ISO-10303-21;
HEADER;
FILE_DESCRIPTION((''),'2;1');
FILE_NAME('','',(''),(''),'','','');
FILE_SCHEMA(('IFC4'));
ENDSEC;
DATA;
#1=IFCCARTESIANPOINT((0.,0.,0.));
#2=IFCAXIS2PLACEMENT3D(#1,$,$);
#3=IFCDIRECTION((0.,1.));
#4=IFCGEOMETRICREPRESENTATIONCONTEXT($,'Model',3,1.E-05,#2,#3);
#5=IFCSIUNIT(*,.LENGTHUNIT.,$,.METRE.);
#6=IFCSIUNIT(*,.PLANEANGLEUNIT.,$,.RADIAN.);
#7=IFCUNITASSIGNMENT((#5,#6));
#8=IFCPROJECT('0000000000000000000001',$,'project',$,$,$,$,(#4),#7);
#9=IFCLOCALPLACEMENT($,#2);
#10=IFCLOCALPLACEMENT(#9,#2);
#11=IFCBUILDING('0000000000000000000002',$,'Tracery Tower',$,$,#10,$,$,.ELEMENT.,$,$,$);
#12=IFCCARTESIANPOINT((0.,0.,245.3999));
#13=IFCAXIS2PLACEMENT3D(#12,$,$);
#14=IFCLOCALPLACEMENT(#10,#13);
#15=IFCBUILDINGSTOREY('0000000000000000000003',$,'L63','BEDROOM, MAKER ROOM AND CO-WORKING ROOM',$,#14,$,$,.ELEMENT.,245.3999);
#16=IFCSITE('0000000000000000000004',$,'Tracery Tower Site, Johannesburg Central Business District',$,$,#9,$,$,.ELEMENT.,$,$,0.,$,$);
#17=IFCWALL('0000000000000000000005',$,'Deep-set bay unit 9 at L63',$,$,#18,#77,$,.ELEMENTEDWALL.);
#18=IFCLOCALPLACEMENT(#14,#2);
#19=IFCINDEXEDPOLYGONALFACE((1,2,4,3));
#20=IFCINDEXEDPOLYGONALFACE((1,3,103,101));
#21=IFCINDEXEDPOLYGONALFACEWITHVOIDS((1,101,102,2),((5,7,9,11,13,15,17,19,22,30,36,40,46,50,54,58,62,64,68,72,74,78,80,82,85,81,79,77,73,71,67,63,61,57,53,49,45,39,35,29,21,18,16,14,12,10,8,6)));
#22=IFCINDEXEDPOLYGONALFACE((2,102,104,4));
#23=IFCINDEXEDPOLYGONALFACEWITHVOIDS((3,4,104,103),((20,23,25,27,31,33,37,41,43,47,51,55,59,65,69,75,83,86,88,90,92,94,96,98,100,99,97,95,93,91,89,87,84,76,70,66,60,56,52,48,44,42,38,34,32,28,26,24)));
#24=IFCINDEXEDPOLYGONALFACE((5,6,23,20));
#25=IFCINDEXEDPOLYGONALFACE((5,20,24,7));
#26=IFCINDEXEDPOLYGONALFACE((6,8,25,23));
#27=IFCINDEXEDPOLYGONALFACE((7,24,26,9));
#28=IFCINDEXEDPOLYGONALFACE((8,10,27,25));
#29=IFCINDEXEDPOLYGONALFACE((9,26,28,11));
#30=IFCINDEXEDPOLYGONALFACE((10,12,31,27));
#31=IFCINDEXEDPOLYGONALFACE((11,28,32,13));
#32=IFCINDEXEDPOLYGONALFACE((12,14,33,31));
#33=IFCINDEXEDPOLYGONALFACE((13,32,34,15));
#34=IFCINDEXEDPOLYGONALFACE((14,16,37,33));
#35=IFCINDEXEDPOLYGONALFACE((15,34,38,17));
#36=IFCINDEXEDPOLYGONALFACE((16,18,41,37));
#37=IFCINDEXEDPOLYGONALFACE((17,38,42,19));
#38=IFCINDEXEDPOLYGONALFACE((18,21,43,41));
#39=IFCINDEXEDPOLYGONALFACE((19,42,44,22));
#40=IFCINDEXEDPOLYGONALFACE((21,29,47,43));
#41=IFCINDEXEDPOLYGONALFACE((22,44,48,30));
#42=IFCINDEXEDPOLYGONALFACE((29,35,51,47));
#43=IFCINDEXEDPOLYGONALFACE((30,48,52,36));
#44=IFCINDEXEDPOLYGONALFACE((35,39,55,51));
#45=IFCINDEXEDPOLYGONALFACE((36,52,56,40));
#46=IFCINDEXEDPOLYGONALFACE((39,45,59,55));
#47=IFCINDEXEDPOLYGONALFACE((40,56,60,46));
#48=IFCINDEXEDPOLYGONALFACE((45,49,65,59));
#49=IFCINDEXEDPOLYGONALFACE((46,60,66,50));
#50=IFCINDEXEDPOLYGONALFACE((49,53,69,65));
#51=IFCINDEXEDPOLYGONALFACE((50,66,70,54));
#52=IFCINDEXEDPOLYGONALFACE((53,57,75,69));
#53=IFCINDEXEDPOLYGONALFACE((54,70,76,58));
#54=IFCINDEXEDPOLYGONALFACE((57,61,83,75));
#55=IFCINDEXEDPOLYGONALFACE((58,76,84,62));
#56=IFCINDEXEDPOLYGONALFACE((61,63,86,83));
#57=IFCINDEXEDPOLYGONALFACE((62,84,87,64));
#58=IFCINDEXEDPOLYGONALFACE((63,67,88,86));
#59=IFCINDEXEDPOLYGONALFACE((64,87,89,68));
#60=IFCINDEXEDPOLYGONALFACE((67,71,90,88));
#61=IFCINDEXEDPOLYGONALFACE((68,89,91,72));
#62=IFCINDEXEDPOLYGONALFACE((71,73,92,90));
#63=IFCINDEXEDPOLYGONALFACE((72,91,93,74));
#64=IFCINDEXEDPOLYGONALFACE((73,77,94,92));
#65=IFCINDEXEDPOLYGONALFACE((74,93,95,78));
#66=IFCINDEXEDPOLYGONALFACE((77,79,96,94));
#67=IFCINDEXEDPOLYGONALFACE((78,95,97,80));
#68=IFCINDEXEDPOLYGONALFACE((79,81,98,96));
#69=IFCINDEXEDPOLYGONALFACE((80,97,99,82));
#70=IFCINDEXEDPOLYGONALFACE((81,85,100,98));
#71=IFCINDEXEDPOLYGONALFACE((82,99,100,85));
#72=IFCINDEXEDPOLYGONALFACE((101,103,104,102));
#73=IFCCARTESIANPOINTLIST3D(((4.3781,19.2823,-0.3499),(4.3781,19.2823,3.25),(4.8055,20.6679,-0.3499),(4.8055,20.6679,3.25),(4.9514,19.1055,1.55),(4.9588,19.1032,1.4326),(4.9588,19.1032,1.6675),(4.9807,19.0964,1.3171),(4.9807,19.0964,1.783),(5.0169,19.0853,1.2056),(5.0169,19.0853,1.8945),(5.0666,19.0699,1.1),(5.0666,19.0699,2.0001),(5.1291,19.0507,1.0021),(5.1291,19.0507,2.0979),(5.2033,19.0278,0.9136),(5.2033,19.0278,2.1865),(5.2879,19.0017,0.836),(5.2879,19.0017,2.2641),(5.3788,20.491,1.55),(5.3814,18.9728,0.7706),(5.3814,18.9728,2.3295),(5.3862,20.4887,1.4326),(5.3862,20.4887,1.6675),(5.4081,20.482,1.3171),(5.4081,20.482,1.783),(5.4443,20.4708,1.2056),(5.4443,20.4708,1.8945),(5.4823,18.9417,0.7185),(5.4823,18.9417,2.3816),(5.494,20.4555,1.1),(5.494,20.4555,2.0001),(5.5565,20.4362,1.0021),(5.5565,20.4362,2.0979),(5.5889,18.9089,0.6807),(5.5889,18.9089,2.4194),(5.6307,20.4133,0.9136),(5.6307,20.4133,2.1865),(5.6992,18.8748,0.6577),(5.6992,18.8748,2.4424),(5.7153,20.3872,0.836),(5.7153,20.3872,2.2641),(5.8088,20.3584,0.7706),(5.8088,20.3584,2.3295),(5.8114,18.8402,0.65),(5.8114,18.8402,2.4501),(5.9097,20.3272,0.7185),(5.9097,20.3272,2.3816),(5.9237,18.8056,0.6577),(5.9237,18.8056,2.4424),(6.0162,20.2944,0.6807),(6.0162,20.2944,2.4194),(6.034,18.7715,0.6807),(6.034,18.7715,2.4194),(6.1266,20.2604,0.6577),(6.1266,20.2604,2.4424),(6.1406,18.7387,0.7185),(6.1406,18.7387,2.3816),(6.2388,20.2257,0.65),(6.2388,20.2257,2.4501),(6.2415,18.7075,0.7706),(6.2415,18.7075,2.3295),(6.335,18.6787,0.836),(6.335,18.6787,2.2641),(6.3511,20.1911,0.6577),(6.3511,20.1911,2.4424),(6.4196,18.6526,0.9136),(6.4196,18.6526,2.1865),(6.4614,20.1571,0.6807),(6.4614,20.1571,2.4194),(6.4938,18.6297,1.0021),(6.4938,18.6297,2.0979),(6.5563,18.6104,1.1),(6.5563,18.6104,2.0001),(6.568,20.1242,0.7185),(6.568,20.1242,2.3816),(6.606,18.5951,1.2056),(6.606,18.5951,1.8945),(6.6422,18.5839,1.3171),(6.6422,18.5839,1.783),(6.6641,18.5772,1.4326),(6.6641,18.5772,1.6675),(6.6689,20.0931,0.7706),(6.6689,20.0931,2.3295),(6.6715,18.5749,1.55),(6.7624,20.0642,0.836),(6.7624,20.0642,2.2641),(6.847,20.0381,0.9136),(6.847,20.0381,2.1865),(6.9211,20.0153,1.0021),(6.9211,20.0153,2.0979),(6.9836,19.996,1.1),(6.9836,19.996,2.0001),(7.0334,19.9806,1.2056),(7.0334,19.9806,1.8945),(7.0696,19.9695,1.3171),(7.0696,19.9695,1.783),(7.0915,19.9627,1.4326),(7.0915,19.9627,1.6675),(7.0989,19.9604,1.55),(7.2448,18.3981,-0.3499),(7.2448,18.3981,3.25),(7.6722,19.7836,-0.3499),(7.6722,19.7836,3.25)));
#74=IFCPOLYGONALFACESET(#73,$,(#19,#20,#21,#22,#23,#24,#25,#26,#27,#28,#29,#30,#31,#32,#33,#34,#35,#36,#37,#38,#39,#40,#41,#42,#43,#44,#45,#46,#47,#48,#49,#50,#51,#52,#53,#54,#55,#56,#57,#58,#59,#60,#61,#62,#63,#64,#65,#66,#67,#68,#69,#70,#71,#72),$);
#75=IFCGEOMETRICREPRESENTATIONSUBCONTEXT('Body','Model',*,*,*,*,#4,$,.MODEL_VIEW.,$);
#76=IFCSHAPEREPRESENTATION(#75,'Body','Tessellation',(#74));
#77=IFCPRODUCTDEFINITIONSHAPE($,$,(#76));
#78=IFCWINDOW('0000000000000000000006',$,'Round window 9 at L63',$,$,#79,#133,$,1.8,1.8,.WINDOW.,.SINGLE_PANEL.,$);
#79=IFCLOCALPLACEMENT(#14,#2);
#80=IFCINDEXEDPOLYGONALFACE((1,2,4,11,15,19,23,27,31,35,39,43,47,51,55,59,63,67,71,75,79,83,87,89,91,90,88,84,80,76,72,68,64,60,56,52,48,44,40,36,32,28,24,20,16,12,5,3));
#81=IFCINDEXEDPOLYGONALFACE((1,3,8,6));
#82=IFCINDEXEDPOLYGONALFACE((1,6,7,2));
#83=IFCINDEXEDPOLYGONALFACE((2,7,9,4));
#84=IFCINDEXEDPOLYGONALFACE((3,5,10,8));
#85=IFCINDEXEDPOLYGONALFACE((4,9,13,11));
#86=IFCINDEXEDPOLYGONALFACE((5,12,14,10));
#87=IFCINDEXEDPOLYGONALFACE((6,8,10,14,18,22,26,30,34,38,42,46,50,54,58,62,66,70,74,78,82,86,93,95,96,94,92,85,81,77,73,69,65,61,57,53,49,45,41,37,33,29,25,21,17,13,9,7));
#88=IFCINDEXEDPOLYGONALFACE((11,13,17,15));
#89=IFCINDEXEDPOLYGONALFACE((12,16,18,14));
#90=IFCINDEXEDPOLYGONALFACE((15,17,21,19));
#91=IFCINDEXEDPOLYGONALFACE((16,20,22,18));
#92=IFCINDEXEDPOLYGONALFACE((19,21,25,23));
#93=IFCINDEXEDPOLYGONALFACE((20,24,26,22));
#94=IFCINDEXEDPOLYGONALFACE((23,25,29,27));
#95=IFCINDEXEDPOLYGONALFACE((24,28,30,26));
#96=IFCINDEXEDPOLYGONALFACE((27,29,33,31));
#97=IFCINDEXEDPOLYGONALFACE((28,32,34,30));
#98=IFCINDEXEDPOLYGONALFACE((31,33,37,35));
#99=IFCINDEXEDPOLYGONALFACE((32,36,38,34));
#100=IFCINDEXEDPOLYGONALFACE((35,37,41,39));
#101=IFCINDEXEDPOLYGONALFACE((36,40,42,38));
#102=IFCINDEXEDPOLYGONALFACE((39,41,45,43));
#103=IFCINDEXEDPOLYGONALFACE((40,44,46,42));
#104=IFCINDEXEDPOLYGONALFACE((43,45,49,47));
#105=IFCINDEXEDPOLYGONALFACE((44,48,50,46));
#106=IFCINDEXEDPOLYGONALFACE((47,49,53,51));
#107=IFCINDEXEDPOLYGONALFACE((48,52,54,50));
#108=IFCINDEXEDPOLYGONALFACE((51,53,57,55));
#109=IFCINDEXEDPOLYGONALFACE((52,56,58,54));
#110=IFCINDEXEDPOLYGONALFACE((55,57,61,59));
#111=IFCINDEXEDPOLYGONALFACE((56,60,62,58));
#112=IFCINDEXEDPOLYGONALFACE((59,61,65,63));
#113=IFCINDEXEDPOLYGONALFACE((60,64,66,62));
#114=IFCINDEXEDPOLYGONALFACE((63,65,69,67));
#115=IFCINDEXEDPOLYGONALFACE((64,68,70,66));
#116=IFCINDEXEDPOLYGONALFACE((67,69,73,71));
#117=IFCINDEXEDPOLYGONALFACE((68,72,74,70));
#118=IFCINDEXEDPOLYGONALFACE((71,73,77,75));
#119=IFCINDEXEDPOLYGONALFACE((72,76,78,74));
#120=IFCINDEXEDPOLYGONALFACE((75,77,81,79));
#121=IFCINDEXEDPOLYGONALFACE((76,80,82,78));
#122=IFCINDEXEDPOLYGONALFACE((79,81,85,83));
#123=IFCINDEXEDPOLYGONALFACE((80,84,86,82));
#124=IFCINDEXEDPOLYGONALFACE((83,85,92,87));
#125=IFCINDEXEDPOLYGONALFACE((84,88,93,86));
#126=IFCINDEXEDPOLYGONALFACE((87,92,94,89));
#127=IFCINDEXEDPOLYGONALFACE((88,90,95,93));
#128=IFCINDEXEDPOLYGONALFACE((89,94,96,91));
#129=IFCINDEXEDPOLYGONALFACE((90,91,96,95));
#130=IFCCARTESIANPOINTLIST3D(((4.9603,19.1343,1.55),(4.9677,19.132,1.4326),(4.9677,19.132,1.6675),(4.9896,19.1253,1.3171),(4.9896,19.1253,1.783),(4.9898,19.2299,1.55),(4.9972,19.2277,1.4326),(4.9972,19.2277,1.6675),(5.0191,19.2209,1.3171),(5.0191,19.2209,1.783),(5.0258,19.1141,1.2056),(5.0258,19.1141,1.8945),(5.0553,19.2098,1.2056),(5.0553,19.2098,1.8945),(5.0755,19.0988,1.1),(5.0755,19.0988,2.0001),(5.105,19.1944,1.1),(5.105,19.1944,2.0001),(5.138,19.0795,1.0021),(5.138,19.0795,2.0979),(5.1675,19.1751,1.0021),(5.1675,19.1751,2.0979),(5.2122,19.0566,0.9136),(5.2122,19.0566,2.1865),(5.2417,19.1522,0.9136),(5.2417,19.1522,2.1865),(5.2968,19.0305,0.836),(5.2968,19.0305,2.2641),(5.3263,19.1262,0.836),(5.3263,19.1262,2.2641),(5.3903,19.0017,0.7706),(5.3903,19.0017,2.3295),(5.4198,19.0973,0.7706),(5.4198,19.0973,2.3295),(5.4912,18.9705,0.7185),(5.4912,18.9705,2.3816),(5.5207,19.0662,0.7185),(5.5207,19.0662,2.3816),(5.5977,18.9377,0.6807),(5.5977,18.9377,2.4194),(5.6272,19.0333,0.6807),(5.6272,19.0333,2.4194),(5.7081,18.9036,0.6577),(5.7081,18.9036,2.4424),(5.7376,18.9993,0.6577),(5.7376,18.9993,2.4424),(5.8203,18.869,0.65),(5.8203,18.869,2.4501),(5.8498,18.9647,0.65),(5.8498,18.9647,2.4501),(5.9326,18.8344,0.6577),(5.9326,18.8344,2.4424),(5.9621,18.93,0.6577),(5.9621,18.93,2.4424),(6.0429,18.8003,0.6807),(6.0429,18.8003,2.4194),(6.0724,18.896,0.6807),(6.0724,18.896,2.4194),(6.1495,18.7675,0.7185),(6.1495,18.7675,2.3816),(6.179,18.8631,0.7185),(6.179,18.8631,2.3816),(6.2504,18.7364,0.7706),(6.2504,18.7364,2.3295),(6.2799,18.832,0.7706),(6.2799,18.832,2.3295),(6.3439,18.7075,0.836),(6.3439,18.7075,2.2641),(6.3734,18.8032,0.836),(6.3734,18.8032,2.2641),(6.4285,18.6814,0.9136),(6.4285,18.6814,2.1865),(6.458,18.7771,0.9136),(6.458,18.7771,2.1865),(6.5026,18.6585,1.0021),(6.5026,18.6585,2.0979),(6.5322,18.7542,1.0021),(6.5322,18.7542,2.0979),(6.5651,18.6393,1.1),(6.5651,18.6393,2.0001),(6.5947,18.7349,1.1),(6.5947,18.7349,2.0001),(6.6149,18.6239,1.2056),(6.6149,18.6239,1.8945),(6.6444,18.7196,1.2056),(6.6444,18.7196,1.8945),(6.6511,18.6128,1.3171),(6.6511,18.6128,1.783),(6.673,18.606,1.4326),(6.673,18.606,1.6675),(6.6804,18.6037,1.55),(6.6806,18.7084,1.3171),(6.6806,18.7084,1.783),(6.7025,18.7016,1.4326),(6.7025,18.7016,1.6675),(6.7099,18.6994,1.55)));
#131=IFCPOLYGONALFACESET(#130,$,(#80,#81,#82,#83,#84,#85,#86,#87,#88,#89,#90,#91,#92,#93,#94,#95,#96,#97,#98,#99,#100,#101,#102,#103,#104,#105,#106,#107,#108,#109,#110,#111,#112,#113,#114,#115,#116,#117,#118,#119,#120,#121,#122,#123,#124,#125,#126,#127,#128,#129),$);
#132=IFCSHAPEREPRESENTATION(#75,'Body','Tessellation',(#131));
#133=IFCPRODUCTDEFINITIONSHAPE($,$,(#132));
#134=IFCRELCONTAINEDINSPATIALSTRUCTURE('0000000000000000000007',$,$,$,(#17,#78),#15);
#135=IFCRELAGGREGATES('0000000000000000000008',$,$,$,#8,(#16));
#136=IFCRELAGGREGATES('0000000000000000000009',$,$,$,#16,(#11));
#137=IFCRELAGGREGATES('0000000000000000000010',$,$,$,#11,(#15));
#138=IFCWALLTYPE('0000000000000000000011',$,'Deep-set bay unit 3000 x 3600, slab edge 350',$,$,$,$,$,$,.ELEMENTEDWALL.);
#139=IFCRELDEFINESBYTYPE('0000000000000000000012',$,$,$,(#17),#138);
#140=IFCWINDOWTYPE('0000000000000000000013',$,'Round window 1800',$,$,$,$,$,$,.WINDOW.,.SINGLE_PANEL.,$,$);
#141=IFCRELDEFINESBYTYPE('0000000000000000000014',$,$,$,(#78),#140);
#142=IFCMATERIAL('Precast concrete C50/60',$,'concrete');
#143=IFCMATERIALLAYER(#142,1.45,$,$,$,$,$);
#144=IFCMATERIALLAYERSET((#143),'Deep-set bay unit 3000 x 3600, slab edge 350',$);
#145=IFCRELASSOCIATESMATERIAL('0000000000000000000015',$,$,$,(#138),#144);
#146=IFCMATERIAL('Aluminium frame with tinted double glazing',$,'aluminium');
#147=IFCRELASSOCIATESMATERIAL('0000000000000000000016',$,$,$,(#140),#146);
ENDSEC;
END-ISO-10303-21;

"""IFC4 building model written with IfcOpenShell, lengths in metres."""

from ifc_helpers import new_model, si_unit, direction, frame, frame_2d, origin, origin_2d, place, context, subcontext, project, spatial, rectangle, circle, extrude, material, layer, layer_set, type_object, element, fill, save


model = new_model("IFC4")

# Units and contexts
model_context = context("Model", 3, precision=1e-05, world=origin(), true_north=direction((0.0, 1.0)))
body_context = subcontext(model_context, "Body", "Model", "MODEL_VIEW")
ifc_project = project(units=[si_unit("LENGTHUNIT", "METRE"), si_unit("PLANEANGLEUNIT", "RADIAN")], contexts=[model_context])

# Site, building, storey
site_placement = place(None, origin())
site = spatial("IfcSite", under=ifc_project, at=site_placement, Name="Tracery Tower Site, Johannesburg Central Business District", CompositionType="ELEMENT", RefElevation=0.0)
building_placement = place(site_placement, origin())
building = spatial("IfcBuilding", under=site, at=building_placement, Name="Tracery Tower", CompositionType="ELEMENT")
storey_placement = place(building_placement, frame((0.0, 0.0, 245.3999)))
storey = spatial("IfcBuildingStorey", under=building, at=storey_placement, Name="L63", Description="BEDROOM, MAKER ROOM AND CO-WORKING ROOM", CompositionType="ELEMENT", Elevation=245.3999)

# Wall, opening, window
ifc_material_1 = material(Name="Precast concrete C50/60", Category="concrete")
ifc_layer_1 = layer(ifc_material_1, 1.45)
ifc_layer_set_1 = layer_set([ifc_layer_1], Name="Deep-set bay unit 3000 x 3600, slab edge 350")
wall_type_1 = type_object("IfcWallType", Name="Deep-set bay unit 3000 x 3600, slab edge 350", PredefinedType="ELEMENTEDWALL", material=ifc_layer_set_1)
ifc_material_2 = material(Name="Aluminium frame with tinted double glazing", Category="aluminium")
window_type = type_object("IfcWindowType", Name="Round window 1800", PartitioningType="SINGLE_PANEL", PredefinedType="WINDOW", material=ifc_material_2)
wall_1_placement = place(storey_placement, frame((7.4585, 19.0908, -0.3499), z_axis=(0.0, 0.0, 1.0), x_axis=(-0.955571, 0.294761, 0.0)))
wall_1 = element("IfcWall", 1, at=wall_1_placement, inside=storey, type_object=wall_type_1, Name="Deep-set bay unit 9 at L63", PredefinedType="ELEMENTEDWALL", context=body_context, shape_type="SweptSolid", body=[
    extrude(rectangle(XDim=3.0, YDim=1.45, at=frame_2d((1.5, 0.0))), origin(), (0.0, 0.0, 1.0), 3.5999),
])
opening_1_placement = place(wall_1_placement, frame((1.5, 0.0, 1.8999)))
opening_1 = element("IfcOpeningElement", 2, at=opening_1_placement, cuts=wall_1, PredefinedType="OPENING", context=body_context, shape_type="SweptSolid", body=[
    extrude(circle(Radius=0.9, at=origin_2d()), frame((0.0, 0.7349, 0.0), z_axis=(0.0, -1.0, 0.0), x_axis=(1.0, 0.0, 0.0)), (0.0, 0.0, 1.0), 1.47),
])
window_1_placement = place(opening_1_placement, origin())
window_1 = element("IfcWindow", 3, at=window_1_placement, inside=storey, type_object=window_type, Name="Round window 9 at L63", OverallHeight=1.8, OverallWidth=1.8, PartitioningType="SINGLE_PANEL", PredefinedType="WINDOW", context=body_context, shape_type="SweptSolid", body=[
    extrude(circle(Radius=0.9, at=origin_2d()), frame((0.0, 0.6948, 0.0), z_axis=(0.0, -1.0, 0.0), x_axis=(1.0, 0.0, 0.0)), (0.0, 0.0, 1.0), 0.1001),
])
fill(opening_1, window_1)

save(model, "model.ifc")
